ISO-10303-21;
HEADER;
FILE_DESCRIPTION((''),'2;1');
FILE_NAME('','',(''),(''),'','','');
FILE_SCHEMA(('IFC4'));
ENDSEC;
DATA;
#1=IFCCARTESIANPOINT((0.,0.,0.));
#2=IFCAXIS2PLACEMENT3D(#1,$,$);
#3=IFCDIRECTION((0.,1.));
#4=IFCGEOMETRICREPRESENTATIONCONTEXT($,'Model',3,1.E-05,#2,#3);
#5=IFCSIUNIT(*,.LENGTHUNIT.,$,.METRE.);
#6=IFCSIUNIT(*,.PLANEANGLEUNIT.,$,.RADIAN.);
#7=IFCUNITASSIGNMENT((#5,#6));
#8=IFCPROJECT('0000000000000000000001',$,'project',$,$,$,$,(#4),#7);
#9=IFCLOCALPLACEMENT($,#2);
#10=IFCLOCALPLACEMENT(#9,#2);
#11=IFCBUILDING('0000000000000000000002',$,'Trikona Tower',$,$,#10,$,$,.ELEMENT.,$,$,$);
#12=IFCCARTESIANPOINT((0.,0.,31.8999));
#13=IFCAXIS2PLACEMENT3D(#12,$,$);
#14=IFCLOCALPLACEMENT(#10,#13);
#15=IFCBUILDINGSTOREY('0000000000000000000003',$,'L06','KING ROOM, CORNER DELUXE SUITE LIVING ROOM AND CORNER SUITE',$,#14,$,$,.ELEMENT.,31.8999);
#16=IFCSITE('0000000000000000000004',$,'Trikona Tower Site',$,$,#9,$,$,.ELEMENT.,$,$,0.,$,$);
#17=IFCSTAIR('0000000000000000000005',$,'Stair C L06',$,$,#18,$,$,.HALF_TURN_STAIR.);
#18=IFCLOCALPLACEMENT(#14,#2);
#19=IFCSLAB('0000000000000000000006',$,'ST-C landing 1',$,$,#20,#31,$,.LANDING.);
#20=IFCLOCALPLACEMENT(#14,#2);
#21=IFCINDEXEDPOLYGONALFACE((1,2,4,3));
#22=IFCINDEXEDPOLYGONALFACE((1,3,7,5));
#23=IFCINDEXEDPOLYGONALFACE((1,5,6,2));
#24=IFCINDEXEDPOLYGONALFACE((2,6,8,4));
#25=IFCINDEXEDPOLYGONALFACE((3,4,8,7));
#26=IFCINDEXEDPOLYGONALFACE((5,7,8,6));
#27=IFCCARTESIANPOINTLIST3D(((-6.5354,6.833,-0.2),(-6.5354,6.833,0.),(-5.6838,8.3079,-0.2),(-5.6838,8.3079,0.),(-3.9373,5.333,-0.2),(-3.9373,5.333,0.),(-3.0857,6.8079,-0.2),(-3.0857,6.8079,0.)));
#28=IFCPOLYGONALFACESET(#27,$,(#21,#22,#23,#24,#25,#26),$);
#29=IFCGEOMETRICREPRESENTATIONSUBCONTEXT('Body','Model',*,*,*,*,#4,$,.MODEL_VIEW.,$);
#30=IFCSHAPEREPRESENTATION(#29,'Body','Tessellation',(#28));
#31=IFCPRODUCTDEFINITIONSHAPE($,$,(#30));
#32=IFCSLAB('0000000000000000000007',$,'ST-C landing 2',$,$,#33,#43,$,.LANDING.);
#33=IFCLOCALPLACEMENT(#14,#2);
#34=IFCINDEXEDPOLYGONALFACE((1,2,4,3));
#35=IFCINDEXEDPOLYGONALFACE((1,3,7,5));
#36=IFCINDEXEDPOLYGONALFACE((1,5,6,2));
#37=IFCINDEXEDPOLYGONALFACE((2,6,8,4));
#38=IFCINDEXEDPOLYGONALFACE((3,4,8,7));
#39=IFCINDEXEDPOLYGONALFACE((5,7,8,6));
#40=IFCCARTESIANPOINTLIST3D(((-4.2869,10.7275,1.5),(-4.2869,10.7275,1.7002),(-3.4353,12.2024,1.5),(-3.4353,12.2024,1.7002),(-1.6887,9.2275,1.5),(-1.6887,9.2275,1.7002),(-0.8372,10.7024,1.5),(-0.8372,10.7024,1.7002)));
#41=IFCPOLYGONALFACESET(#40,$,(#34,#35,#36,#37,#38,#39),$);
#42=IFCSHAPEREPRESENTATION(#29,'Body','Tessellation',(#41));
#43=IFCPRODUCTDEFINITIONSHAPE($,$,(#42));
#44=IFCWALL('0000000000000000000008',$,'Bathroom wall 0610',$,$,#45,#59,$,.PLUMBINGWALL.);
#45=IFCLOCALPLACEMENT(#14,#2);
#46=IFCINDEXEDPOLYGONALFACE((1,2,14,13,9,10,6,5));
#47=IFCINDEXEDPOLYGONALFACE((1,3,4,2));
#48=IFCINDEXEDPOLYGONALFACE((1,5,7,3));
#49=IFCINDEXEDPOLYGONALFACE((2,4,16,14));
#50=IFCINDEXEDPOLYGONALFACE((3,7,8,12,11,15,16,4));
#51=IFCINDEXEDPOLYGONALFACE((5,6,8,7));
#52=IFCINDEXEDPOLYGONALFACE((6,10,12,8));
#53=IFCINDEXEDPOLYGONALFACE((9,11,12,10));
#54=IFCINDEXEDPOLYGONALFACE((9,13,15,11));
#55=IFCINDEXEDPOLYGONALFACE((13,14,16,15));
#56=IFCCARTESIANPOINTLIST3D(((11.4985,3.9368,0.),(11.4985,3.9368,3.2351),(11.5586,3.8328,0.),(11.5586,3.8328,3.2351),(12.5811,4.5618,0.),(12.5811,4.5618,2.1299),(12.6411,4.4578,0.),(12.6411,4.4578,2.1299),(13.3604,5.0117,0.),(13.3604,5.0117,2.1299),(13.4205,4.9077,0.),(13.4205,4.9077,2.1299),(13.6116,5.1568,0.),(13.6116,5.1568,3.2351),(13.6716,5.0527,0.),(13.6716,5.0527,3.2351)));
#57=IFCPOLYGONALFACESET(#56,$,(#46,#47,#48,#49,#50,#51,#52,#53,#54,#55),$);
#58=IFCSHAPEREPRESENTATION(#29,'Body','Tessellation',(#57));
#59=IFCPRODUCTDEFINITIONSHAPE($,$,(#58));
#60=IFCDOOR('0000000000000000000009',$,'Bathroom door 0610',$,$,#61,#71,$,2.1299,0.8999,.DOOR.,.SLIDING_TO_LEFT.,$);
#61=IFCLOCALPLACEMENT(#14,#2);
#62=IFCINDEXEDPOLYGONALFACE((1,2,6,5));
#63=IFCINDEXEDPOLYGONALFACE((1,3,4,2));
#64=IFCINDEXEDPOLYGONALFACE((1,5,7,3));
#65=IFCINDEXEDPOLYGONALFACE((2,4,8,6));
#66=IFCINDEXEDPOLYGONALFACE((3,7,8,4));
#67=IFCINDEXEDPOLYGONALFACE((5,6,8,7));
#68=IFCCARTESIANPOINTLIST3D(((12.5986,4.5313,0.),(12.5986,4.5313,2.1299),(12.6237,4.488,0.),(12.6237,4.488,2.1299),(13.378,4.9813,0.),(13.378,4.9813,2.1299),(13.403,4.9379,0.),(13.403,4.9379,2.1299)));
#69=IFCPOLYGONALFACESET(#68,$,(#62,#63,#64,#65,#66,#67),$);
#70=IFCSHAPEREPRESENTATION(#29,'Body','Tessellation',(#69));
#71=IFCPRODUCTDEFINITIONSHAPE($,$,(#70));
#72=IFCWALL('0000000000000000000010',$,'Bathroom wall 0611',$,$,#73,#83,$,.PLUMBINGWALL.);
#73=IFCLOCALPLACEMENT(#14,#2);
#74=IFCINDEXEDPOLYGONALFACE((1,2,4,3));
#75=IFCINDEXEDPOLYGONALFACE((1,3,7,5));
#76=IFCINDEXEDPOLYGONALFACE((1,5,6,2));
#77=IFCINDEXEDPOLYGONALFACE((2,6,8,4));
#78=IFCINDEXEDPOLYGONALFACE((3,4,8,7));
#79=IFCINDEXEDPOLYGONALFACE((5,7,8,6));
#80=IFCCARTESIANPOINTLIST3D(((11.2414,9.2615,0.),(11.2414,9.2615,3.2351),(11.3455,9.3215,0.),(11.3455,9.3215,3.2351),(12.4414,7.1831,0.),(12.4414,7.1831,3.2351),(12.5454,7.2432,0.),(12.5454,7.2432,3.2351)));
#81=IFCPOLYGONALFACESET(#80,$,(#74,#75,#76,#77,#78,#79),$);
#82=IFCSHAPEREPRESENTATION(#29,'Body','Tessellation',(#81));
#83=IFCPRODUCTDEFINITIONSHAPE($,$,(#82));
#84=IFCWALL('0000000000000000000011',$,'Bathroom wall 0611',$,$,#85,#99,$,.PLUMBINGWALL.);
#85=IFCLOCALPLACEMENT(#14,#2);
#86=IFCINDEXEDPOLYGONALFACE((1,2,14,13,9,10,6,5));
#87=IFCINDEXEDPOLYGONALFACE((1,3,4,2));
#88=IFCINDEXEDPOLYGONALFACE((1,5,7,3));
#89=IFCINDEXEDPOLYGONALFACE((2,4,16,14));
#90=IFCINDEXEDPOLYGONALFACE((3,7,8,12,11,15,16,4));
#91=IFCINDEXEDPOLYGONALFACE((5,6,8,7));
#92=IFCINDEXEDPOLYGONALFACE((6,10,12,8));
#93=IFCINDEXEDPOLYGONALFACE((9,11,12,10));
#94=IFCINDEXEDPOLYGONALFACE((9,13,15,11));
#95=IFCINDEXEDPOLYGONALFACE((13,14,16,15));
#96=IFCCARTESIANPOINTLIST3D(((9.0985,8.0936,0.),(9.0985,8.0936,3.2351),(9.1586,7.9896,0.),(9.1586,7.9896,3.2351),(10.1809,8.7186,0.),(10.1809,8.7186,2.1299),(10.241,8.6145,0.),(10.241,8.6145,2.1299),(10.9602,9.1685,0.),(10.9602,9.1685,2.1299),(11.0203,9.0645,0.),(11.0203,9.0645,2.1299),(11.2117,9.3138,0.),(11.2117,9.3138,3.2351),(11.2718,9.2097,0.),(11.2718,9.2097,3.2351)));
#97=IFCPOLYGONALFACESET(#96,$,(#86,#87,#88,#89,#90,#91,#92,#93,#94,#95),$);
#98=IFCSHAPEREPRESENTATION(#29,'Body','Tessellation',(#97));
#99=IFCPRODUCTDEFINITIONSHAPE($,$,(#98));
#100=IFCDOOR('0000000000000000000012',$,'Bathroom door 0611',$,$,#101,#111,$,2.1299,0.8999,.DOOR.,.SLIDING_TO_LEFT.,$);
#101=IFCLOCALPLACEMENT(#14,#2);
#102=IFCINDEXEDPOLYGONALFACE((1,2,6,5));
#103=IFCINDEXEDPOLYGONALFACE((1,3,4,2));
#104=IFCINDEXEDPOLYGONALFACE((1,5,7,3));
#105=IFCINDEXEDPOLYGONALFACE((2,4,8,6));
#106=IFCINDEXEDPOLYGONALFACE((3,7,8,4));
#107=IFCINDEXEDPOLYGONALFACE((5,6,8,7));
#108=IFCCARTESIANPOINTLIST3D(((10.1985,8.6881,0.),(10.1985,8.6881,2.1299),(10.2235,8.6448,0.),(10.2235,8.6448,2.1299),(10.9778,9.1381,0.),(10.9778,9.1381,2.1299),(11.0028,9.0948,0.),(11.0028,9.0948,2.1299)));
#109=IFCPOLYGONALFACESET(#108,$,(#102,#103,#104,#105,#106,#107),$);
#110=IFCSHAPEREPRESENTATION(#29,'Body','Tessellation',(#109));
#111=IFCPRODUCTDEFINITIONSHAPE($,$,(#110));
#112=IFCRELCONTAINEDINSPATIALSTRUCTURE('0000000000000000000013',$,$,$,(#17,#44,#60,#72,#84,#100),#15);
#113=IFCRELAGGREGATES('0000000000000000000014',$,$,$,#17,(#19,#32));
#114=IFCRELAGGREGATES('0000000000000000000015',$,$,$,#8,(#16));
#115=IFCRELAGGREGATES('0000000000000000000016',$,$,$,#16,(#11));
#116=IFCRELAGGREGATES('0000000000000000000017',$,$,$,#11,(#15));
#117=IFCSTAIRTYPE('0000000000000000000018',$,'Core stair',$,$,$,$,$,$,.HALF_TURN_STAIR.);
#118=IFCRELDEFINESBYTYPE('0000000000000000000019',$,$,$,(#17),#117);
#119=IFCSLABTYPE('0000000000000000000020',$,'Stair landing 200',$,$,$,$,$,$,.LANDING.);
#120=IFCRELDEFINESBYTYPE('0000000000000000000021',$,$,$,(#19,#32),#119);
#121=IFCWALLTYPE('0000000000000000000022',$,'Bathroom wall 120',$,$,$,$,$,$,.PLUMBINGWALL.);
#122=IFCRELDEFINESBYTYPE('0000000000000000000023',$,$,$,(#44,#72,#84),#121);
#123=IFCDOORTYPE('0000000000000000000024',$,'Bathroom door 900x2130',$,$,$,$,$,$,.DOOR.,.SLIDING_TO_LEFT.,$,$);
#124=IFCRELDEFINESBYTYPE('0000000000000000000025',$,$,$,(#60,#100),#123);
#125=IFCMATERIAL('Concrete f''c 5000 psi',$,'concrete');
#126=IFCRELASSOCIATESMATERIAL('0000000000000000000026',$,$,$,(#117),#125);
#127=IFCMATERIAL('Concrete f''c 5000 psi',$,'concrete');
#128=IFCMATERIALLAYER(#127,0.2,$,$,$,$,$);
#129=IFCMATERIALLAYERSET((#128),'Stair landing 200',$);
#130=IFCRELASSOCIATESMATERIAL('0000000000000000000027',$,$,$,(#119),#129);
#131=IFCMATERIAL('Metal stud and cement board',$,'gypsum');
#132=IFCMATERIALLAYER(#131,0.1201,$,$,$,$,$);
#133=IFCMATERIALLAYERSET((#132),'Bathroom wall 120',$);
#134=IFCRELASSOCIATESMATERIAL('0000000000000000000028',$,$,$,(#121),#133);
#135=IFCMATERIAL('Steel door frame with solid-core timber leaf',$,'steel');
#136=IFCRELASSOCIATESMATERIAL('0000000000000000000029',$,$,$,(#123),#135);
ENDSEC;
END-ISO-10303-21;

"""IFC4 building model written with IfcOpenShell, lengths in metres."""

from ifc_helpers import new_model, si_unit, direction, frame, frame_2d, origin, place, context, subcontext, project, spatial, polyline, rectangle, outline, extrude, material, layer, layer_set, type_object, element, fill, aggregate, save


model = new_model("IFC4")

# Units and contexts
model_context = context("Model", 3, precision=1e-05, world=origin(), true_north=direction((0.0, 1.0)))
body_context = subcontext(model_context, "Body", "Model", "MODEL_VIEW")
ifc_project = project(units=[si_unit("LENGTHUNIT", "METRE"), si_unit("PLANEANGLEUNIT", "RADIAN")], contexts=[model_context])

# Site, building, storey
site_placement = place(None, origin())
site = spatial("IfcSite", under=ifc_project, at=site_placement, Name="Trikona Tower Site", CompositionType="ELEMENT", RefElevation=0.0)
building_placement = place(site_placement, origin())
building = spatial("IfcBuilding", under=site, at=building_placement, Name="Trikona Tower", CompositionType="ELEMENT")
storey_placement = place(building_placement, frame((0.0, 0.0, 31.8999)))
storey = spatial("IfcBuildingStorey", under=building, at=storey_placement, Name="L06", Description="KING ROOM, CORNER DELUXE SUITE LIVING ROOM AND CORNER SUITE", CompositionType="ELEMENT", Elevation=31.8999)

# Stair, slabs
ifc_material_1 = material(Name="Concrete f'c 5000 psi", Category="concrete")
stair_type = type_object("IfcStairType", Name="Core stair", PredefinedType="HALF_TURN_STAIR", material=ifc_material_1)
ifc_material_2 = material(Name="Concrete f'c 5000 psi", Category="concrete")
ifc_layer_1 = layer(ifc_material_2, 0.2)
ifc_layer_set_1 = layer_set([ifc_layer_1], Name="Stair landing 200")
slab_type_1 = type_object("IfcSlabType", Name="Stair landing 200", PredefinedType="LANDING", material=ifc_layer_set_1)
stair_1_placement = place(storey_placement, origin())
stair_1 = element("IfcStair", 1, at=stair_1_placement, inside=storey, type_object=stair_type, Name="Stair C L06", PredefinedType="HALF_TURN_STAIR")
slab_1_placement = place(storey_placement, frame((0.0, 0.0, -0.2)))
slab_1 = element("IfcSlab", 2, at=slab_1_placement, type_object=slab_type_1, Name="ST-C landing 1", PredefinedType="LANDING", context=body_context, shape_type="SweptSolid", body=[
    extrude(outline(polyline([(-3.0857, 6.8079), (-3.9373, 5.333), (-6.5354, 6.833), (-5.6838, 8.3079), (-3.0857, 6.8079)])), origin(), (0.0, 0.0, 1.0), 0.2),
])
slab_2_placement = place(storey_placement, frame((0.0, 0.0, 1.5)))
slab_2 = element("IfcSlab", 3, at=slab_2_placement, type_object=slab_type_1, Name="ST-C landing 2", PredefinedType="LANDING", context=body_context, shape_type="SweptSolid", body=[
    extrude(outline(polyline([(-0.8372, 10.7024), (-1.6887, 9.2275), (-4.2869, 10.7275), (-3.4353, 12.2024), (-0.8372, 10.7024)])), origin(), (0.0, 0.0, 1.0), 0.2002),
])
aggregate(stair_1, [slab_1, slab_2])

# Wall, opening, door
ifc_material_3 = material(Name="Metal stud and cement board", Category="gypsum")
ifc_layer_2 = layer(ifc_material_3, 0.1201)
ifc_layer_set_2 = layer_set([ifc_layer_2], Name="Bathroom wall 120")
wall_type_1 = type_object("IfcWallType", Name="Bathroom wall 120", PredefinedType="PLUMBINGWALL", material=ifc_layer_set_2)
wall_1_placement = place(storey_placement, frame((11.5286, 3.8848, 0.0), z_axis=(0.0, 0.0, 1.0), x_axis=(0.866024, 0.500003, 0.0)))
wall_1 = element("IfcWall", 4, at=wall_1_placement, inside=storey, type_object=wall_type_1, Name="Bathroom wall 0610", PredefinedType="PLUMBINGWALL", context=body_context, shape_type="SweptSolid", body=[
    extrude(rectangle(XDim=2.4399, YDim=0.1201, at=frame_2d((1.22, 0.0))), origin(), (0.0, 0.0, 1.0), 3.2351),
])
opening_1_placement = place(wall_1_placement, frame((1.25, 0.0, 0.0)))
opening_1 = element("IfcOpeningElement", 5, at=opening_1_placement, cuts=wall_1, PredefinedType="OPENING", context=body_context, shape_type="SweptSolid", body=[
    extrude(rectangle(XDim=0.8999, YDim=2.1299, at=frame_2d((0.45, 1.0649))), frame((0.0, 0.0701, 0.0), z_axis=(0.0, -1.0, 0.0), x_axis=(1.0, 0.0, 0.0)), (0.0, 0.0, 1.0), 0.1401),
])
ifc_material_4 = material(Name="Steel door frame with solid-core timber leaf", Category="steel")
door_type_1 = type_object("IfcDoorType", Name="Bathroom door 900x2130", OperationType="SLIDING_TO_LEFT", PredefinedType="DOOR", material=ifc_material_4)
door_1_placement = place(opening_1_placement, origin())
door_1 = element("IfcDoor", 6, at=door_1_placement, inside=storey, type_object=door_type_1, Name="Bathroom door 0610", OperationType="SLIDING_TO_LEFT", OverallHeight=2.1299, OverallWidth=0.8999, PredefinedType="DOOR", context=body_context, shape_type="SweptSolid", body=[
    extrude(rectangle(XDim=0.8999, YDim=2.1299, at=frame_2d((0.45, 1.0649))), frame((0.0, 0.0249, 0.0), z_axis=(0.0, -1.0, 0.0), x_axis=(1.0, 0.0, 0.0)), (0.0, 0.0, 1.0), 0.05),
])
fill(opening_1, door_1)

# Wall
wall_2_placement = place(storey_placement, frame((12.4934, 7.2131, 0.0), z_axis=(0.0, 0.0, 1.0), x_axis=(-0.500001, 0.866025, 0.0)))
element("IfcWall", 7, at=wall_2_placement, inside=storey, type_object=wall_type_1, Name="Bathroom wall 0611", PredefinedType="PLUMBINGWALL", context=body_context, shape_type="SweptSolid", body=[
    extrude(rectangle(XDim=2.3999, YDim=0.1201, at=frame_2d((1.2, 0.0))), origin(), (0.0, 0.0, 1.0), 3.2351),
])

# Wall, opening, door
wall_3_placement = place(storey_placement, frame((9.1284, 8.0415, 0.0), z_axis=(0.0, 0.0, 1.0), x_axis=(0.866006, 0.500034, 0.0)))
wall_3 = element("IfcWall", 8, at=wall_3_placement, inside=storey, type_object=wall_type_1, Name="Bathroom wall 0611", PredefinedType="PLUMBINGWALL", context=body_context, shape_type="SweptSolid", body=[
    extrude(rectangle(XDim=2.4402, YDim=0.1201, at=frame_2d((1.2202, 0.0))), origin(), (0.0, 0.0, 1.0), 3.2351),
])
opening_2_placement = place(wall_3_placement, frame((1.25, 0.0, 0.0)))
opening_2 = element("IfcOpeningElement", 9, at=opening_2_placement, cuts=wall_3, PredefinedType="OPENING", context=body_context, shape_type="SweptSolid", body=[
    extrude(rectangle(XDim=0.8999, YDim=2.1299, at=frame_2d((0.45, 1.0649))), frame((0.0, 0.0701, 0.0), z_axis=(0.0, -1.0, 0.0), x_axis=(1.0, 0.0, 0.0)), (0.0, 0.0, 1.0), 0.1401),
])
door_2_placement = place(opening_2_placement, origin())
door_2 = element("IfcDoor", 10, at=door_2_placement, inside=storey, type_object=door_type_1, Name="Bathroom door 0611", OperationType="SLIDING_TO_LEFT", OverallHeight=2.1299, OverallWidth=0.8999, PredefinedType="DOOR", context=body_context, shape_type="SweptSolid", body=[
    extrude(rectangle(XDim=0.8999, YDim=2.1299, at=frame_2d((0.45, 1.0649))), frame((0.0, 0.0249, 0.0), z_axis=(0.0, -1.0, 0.0), x_axis=(1.0, 0.0, 0.0)), (0.0, 0.0, 1.0), 0.05),
])
fill(opening_2, door_2)

save(model, "model.ifc")
